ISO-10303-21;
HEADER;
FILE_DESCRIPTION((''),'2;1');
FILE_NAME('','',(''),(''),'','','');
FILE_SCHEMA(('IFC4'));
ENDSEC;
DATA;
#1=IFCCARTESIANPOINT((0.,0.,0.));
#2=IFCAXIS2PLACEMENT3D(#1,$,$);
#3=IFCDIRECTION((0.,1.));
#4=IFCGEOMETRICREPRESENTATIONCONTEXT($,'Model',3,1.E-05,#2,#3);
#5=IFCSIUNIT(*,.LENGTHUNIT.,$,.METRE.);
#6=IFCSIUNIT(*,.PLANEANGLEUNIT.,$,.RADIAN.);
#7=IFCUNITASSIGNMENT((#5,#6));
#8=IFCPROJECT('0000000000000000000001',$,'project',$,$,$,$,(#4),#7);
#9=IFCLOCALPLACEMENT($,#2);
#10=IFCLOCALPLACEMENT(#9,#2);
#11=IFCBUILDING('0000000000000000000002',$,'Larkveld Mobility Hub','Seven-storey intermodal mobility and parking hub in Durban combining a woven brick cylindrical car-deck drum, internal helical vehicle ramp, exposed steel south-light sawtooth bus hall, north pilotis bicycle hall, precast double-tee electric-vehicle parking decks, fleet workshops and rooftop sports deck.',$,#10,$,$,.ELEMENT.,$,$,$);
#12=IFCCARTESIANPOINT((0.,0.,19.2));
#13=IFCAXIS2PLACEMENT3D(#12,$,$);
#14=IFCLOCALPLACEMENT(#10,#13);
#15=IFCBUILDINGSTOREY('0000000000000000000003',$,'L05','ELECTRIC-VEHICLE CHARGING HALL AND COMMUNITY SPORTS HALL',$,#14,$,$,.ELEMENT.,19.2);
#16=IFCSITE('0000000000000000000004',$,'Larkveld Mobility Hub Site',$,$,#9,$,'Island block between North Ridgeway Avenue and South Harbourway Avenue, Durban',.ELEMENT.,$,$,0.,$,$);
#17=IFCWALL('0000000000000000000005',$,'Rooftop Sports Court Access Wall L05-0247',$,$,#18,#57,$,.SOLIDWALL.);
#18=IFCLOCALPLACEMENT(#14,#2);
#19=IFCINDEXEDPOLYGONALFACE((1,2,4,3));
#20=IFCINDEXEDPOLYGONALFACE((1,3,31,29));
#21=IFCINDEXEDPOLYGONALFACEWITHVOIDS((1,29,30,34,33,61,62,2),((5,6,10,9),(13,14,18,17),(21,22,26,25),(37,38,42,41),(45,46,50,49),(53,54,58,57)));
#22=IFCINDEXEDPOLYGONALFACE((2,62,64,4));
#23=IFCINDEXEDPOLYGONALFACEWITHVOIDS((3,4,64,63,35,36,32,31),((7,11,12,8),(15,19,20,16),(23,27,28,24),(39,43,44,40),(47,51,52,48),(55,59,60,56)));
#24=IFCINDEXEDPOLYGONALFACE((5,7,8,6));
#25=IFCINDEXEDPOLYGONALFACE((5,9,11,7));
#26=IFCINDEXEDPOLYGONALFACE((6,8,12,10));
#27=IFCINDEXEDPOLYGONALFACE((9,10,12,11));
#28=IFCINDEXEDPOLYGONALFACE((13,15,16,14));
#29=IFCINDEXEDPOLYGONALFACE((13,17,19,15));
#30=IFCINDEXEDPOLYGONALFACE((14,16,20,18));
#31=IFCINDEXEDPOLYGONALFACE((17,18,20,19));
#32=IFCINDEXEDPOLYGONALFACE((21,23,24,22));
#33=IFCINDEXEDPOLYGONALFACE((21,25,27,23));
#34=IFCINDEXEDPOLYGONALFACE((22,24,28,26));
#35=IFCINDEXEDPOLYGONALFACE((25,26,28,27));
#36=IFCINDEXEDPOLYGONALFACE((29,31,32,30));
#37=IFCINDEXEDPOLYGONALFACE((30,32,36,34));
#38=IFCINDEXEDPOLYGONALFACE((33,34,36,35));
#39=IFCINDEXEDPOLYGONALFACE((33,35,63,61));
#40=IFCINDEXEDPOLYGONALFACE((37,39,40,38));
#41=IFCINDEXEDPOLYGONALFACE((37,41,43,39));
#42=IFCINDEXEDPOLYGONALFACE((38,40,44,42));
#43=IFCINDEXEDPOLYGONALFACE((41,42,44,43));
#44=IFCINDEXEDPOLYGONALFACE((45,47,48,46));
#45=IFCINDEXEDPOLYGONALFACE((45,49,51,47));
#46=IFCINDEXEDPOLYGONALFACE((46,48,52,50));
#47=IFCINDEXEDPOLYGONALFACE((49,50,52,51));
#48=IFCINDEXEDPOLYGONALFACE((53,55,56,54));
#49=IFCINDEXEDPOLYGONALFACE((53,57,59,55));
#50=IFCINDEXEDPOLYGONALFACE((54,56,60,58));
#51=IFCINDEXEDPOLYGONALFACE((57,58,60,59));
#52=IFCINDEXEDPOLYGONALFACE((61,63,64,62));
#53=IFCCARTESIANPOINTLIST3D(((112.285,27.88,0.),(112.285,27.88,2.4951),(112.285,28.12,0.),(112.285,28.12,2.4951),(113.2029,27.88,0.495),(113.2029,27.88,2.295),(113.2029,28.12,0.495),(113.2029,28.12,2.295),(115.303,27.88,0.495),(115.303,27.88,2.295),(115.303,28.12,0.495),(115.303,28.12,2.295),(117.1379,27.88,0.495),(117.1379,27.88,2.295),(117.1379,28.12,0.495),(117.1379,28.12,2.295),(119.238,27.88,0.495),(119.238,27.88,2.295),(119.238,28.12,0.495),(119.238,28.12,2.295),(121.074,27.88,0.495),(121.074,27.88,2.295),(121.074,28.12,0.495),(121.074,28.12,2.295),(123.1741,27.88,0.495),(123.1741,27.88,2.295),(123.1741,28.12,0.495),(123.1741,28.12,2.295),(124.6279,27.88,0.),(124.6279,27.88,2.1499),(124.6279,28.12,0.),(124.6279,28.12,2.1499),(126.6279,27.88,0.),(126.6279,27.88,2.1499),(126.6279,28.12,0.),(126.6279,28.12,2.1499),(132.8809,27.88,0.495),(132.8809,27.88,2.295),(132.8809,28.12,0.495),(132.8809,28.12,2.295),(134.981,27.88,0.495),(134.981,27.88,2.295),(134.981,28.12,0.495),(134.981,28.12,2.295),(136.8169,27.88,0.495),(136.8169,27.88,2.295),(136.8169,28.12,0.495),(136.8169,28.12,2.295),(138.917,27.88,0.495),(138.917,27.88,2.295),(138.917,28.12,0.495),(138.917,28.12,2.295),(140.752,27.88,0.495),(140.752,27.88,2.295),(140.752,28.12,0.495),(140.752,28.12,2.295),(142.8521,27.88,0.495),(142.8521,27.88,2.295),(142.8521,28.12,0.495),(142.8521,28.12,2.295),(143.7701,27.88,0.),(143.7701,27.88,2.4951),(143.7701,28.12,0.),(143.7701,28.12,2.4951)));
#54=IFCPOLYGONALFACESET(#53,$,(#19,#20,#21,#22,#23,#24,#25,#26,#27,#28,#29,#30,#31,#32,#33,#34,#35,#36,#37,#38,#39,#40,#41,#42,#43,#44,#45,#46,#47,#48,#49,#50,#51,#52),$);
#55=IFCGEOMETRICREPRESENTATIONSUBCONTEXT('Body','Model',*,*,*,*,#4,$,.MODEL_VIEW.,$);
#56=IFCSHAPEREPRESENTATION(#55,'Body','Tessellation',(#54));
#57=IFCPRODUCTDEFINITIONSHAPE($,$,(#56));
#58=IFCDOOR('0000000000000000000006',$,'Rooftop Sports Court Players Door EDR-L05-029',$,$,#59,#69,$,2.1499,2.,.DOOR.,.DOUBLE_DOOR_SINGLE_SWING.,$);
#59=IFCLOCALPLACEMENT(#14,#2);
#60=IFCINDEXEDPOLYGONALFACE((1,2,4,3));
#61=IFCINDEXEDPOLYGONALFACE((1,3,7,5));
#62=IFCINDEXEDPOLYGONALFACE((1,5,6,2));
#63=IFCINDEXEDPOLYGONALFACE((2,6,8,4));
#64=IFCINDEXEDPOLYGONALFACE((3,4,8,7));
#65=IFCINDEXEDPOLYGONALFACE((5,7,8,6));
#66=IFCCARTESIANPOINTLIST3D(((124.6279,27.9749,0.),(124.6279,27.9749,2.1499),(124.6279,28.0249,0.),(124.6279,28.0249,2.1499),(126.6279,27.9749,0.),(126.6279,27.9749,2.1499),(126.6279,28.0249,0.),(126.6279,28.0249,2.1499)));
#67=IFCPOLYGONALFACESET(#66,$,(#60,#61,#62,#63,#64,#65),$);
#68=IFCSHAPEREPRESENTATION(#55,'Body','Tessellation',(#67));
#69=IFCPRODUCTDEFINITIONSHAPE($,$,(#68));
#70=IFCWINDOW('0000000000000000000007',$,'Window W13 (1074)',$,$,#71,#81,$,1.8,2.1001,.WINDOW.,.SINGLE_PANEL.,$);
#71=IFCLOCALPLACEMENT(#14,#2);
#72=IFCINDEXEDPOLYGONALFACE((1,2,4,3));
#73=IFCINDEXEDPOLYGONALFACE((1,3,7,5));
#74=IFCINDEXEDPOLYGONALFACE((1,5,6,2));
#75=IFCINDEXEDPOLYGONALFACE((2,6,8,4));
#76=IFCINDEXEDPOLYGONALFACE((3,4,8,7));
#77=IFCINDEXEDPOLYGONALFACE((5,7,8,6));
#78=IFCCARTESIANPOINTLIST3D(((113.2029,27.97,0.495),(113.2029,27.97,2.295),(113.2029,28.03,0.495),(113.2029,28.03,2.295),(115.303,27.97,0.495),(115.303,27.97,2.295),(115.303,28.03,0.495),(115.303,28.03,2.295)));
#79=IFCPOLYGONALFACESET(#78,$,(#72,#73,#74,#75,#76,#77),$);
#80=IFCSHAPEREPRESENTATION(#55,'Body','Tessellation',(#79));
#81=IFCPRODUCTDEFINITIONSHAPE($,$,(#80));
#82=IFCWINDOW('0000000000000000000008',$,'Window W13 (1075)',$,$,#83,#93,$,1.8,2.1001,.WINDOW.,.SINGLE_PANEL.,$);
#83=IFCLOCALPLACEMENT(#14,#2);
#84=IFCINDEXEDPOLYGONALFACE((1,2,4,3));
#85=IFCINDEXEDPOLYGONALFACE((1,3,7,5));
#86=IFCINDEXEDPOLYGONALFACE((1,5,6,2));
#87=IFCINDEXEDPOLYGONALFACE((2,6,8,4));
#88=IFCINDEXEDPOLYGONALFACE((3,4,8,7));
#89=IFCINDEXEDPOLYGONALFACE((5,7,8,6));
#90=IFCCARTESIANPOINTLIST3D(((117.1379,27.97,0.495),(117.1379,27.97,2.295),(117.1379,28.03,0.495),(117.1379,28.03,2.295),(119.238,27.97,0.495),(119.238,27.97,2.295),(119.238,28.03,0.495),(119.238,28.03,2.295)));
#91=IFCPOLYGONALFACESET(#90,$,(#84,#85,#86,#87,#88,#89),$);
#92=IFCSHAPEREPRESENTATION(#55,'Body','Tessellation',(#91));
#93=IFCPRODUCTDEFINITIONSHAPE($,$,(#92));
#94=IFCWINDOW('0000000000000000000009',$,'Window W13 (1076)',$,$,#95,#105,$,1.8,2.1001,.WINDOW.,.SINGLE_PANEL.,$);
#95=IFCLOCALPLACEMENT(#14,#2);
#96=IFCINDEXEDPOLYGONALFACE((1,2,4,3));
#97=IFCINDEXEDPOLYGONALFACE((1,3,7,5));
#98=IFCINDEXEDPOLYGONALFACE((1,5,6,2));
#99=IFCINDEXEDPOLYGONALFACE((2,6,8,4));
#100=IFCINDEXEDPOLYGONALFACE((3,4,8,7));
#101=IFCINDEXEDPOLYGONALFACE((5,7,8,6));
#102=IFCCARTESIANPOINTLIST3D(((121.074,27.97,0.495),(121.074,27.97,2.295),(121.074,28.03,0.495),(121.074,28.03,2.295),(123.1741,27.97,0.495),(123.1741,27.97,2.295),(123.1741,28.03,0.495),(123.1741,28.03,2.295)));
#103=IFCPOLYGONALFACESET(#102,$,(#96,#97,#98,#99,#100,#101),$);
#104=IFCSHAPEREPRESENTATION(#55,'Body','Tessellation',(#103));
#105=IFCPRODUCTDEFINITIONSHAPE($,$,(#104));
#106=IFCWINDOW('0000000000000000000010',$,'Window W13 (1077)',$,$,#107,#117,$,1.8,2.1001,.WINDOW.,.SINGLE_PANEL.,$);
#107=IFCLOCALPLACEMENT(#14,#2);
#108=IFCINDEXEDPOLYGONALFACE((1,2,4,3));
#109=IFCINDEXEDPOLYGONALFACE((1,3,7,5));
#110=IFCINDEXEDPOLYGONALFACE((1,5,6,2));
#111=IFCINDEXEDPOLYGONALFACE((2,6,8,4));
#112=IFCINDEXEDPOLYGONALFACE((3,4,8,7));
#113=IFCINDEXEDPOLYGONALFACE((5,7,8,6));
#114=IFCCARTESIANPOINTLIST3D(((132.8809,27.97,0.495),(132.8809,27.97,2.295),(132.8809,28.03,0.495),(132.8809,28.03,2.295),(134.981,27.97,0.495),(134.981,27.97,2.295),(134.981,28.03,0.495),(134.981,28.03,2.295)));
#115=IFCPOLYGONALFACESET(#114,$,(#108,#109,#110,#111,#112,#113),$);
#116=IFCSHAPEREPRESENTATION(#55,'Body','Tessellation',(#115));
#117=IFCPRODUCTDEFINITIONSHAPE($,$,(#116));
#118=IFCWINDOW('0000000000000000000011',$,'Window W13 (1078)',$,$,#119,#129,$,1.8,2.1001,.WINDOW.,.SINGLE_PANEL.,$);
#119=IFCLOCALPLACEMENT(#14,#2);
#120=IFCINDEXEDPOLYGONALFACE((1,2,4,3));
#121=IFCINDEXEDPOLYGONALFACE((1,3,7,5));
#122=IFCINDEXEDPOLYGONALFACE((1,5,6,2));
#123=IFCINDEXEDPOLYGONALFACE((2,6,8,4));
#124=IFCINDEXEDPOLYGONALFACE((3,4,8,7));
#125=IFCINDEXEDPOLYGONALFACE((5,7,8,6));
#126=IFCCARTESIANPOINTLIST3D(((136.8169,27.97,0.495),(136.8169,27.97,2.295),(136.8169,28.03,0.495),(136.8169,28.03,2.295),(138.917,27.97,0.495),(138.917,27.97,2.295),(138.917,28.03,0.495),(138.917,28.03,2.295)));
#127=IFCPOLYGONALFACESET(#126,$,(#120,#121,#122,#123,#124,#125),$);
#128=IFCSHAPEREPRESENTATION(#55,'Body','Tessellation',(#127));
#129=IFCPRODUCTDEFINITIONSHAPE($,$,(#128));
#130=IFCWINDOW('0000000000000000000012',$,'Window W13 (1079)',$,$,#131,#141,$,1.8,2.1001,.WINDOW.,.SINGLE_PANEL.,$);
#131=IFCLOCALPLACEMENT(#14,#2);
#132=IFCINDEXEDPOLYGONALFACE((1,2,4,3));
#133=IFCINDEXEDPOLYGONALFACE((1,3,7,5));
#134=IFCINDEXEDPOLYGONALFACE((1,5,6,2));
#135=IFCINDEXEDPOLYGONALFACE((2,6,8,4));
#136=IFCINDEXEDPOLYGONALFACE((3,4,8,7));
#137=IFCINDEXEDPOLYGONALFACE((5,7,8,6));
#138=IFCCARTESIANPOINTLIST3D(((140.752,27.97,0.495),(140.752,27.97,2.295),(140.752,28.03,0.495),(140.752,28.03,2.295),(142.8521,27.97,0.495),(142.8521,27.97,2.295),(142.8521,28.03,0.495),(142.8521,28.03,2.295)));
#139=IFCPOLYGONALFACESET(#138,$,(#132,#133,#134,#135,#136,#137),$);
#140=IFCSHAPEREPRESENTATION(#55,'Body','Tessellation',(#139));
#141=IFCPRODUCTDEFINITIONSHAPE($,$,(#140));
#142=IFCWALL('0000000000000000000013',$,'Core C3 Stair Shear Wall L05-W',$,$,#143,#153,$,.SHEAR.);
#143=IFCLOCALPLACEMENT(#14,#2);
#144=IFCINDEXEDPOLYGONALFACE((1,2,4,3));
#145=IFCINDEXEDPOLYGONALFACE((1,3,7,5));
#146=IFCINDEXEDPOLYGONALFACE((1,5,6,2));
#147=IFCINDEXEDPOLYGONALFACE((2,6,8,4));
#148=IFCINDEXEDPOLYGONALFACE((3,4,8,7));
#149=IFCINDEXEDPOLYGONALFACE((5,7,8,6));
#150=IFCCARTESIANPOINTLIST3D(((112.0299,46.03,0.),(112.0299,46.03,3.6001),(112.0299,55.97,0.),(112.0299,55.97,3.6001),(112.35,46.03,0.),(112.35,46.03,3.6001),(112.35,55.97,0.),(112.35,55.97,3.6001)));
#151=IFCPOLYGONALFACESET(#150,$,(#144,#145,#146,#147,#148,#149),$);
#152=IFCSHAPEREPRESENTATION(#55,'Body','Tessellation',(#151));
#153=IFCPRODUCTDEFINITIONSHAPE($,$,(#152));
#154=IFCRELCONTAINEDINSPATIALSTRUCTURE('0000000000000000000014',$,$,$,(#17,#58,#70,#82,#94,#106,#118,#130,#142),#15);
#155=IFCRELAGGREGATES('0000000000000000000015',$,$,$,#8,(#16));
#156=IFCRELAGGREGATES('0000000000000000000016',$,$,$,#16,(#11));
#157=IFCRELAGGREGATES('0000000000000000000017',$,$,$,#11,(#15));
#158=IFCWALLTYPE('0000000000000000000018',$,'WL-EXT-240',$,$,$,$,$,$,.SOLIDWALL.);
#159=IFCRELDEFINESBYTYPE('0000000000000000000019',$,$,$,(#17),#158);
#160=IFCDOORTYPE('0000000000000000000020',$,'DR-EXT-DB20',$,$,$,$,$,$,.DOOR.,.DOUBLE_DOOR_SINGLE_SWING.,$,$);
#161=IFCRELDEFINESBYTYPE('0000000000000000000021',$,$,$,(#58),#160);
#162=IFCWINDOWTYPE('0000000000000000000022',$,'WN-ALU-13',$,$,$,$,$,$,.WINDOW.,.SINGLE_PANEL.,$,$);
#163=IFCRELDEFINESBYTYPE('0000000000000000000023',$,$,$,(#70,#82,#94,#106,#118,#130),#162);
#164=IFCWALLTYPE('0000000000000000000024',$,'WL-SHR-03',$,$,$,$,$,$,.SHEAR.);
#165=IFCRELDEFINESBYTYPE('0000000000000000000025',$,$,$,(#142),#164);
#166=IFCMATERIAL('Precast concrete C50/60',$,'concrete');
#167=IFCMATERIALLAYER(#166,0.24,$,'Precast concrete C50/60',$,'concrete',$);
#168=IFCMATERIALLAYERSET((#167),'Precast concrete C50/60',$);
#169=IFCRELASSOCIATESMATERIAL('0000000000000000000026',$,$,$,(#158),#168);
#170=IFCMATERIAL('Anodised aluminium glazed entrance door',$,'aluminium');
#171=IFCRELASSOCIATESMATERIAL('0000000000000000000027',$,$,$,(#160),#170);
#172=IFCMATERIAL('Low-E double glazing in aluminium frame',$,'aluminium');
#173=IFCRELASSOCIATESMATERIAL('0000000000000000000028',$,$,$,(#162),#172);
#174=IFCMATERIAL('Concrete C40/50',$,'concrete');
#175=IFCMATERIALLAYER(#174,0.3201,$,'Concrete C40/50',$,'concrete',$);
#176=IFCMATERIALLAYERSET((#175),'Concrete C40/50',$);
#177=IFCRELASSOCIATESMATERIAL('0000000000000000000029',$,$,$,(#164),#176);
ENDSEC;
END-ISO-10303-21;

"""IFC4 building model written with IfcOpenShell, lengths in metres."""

from ifc_helpers import new_model, si_unit, direction, frame, frame_2d, origin, place, context, subcontext, project, spatial, rectangle, extrude, material, layer, layer_set, type_object, element, fill, save


model = new_model("IFC4")

# Units and contexts
model_context = context("Model", 3, precision=1e-05, world=origin(), true_north=direction((0.0, 1.0)))
body_context = subcontext(model_context, "Body", "Model", "MODEL_VIEW")
ifc_project = project(units=[si_unit("LENGTHUNIT", "METRE"), si_unit("PLANEANGLEUNIT", "RADIAN")], contexts=[model_context])

# Site, building, storey
site_placement = place(None, origin())
site = spatial("IfcSite", under=ifc_project, at=site_placement, Name="Larkveld Mobility Hub Site", LongName="Island block between North Ridgeway Avenue and South Harbourway Avenue, Durban", CompositionType="ELEMENT", RefElevation=0.0)
building_placement = place(site_placement, origin())
building = spatial("IfcBuilding", under=site, at=building_placement, Name="Larkveld Mobility Hub", Description="Seven-storey intermodal mobility and parking hub in Durban combining a woven brick cylindrical car-deck drum, internal helical vehicle ramp, exposed steel south-light sawtooth bus hall, north pilotis bicycle hall, precast double-tee electric-vehicle parking decks, fleet workshops and rooftop sports deck.", CompositionType="ELEMENT")
storey_placement = place(building_placement, frame((0.0, 0.0, 19.2)))
storey = spatial("IfcBuildingStorey", under=building, at=storey_placement, Name="L05", Description="ELECTRIC-VEHICLE CHARGING HALL AND COMMUNITY SPORTS HALL", CompositionType="ELEMENT", Elevation=19.2)

# Shared definitions
ifc_material_1 = material(Name="Precast concrete C50/60", Category="concrete")
ifc_material_2 = material(Name="Concrete C40/50", Category="concrete")

# Wall, openings, door, windows
ifc_layer_1 = layer(ifc_material_1, 0.24, Name="Precast concrete C50/60", Category="concrete")
ifc_layer_set_1 = layer_set([ifc_layer_1], Name="Precast concrete C50/60")
wall_type_1 = type_object("IfcWallType", Name="WL-EXT-240", PredefinedType="SOLIDWALL", material=ifc_layer_set_1)
wall_1_placement = place(storey_placement, frame((112.2849, 28.0, 0.0), z_axis=(0.0, 0.0, 1.0), x_axis=(1.0, 0.0, 0.0)))
wall_1 = element("IfcWall", 1, at=wall_1_placement, inside=storey, type_object=wall_type_1, Name="Rooftop Sports Court Access Wall L05-0247", PredefinedType="SOLIDWALL", context=body_context, shape_type="SweptSolid", body=[
    extrude(rectangle(XDim=31.4851, YDim=0.24, at=frame_2d((15.7427, 0.0))), origin(), (0.0, 0.0, 1.0), 2.4951),
])
opening_1_placement = place(wall_1_placement, frame((12.343, 0.0, 0.0)))
opening_1 = element("IfcOpeningElement", 2, at=opening_1_placement, cuts=wall_1, PredefinedType="OPENING", context=body_context, shape_type="SweptSolid", body=[
    extrude(rectangle(XDim=2.0, YDim=2.1499, at=frame_2d((1.0, 1.075))), frame((0.0, 0.1299, 0.0), z_axis=(0.0, -1.0, 0.0), x_axis=(1.0, 0.0, 0.0)), (0.0, 0.0, 1.0), 0.26),
])
opening_2_placement = place(wall_1_placement, frame((0.918, 0.0, 0.4951)))
opening_2 = element("IfcOpeningElement", 3, at=opening_2_placement, cuts=wall_1, PredefinedType="OPENING", context=body_context, shape_type="SweptSolid", body=[
    extrude(rectangle(XDim=2.1001, YDim=1.8, at=frame_2d((1.05, 0.8999))), frame((0.0, 0.1299, 0.0), z_axis=(0.0, -1.0, 0.0), x_axis=(1.0, 0.0, 0.0)), (0.0, 0.0, 1.0), 0.26),
])
opening_3_placement = place(wall_1_placement, frame((4.853, 0.0, 0.4951)))
opening_3 = element("IfcOpeningElement", 4, at=opening_3_placement, cuts=wall_1, PredefinedType="OPENING", context=body_context, shape_type="SweptSolid", body=[
    extrude(rectangle(XDim=2.1001, YDim=1.8, at=frame_2d((1.05, 0.8999))), frame((0.0, 0.1299, 0.0), z_axis=(0.0, -1.0, 0.0), x_axis=(1.0, 0.0, 0.0)), (0.0, 0.0, 1.0), 0.26),
])
opening_4_placement = place(wall_1_placement, frame((8.7891, 0.0, 0.4951)))
opening_4 = element("IfcOpeningElement", 5, at=opening_4_placement, cuts=wall_1, PredefinedType="OPENING", context=body_context, shape_type="SweptSolid", body=[
    extrude(rectangle(XDim=2.1001, YDim=1.8, at=frame_2d((1.05, 0.8999))), frame((0.0, 0.1299, 0.0), z_axis=(0.0, -1.0, 0.0), x_axis=(1.0, 0.0, 0.0)), (0.0, 0.0, 1.0), 0.26),
])
opening_5_placement = place(wall_1_placement, frame((20.5959, 0.0, 0.4951)))
opening_5 = element("IfcOpeningElement", 6, at=opening_5_placement, cuts=wall_1, PredefinedType="OPENING", context=body_context, shape_type="SweptSolid", body=[
    extrude(rectangle(XDim=2.1001, YDim=1.8, at=frame_2d((1.05, 0.8999))), frame((0.0, 0.1299, 0.0), z_axis=(0.0, -1.0, 0.0), x_axis=(1.0, 0.0, 0.0)), (0.0, 0.0, 1.0), 0.26),
])
opening_6_placement = place(wall_1_placement, frame((24.532, 0.0, 0.4951)))
opening_6 = element("IfcOpeningElement", 7, at=opening_6_placement, cuts=wall_1, PredefinedType="OPENING", context=body_context, shape_type="SweptSolid", body=[
    extrude(rectangle(XDim=2.1001, YDim=1.8, at=frame_2d((1.05, 0.8999))), frame((0.0, 0.1299, 0.0), z_axis=(0.0, -1.0, 0.0), x_axis=(1.0, 0.0, 0.0)), (0.0, 0.0, 1.0), 0.26),
])
opening_7_placement = place(wall_1_placement, frame((28.467, 0.0, 0.4951)))
opening_7 = element("IfcOpeningElement", 8, at=opening_7_placement, cuts=wall_1, PredefinedType="OPENING", context=body_context, shape_type="SweptSolid", body=[
    extrude(rectangle(XDim=2.1001, YDim=1.8, at=frame_2d((1.05, 0.8999))), frame((0.0, 0.1299, 0.0), z_axis=(0.0, -1.0, 0.0), x_axis=(1.0, 0.0, 0.0)), (0.0, 0.0, 1.0), 0.26),
])
ifc_material_3 = material(Name="Anodised aluminium glazed entrance door", Category="aluminium")
door_type = type_object("IfcDoorType", Name="DR-EXT-DB20", OperationType="DOUBLE_DOOR_SINGLE_SWING", PredefinedType="DOOR", material=ifc_material_3)
door_placement = place(opening_1_placement, origin())
door = element("IfcDoor", 9, at=door_placement, inside=storey, type_object=door_type, Name="Rooftop Sports Court Players Door EDR-L05-029", OperationType="DOUBLE_DOOR_SINGLE_SWING", OverallHeight=2.1499, OverallWidth=2.0, PredefinedType="DOOR", context=body_context, shape_type="SweptSolid", body=[
    extrude(rectangle(XDim=2.0, YDim=2.1499, at=frame_2d((1.0, 1.075))), frame((0.0, 0.0249, 0.0), z_axis=(0.0, -1.0, 0.0), x_axis=(1.0, 0.0, 0.0)), (0.0, 0.0, 1.0), 0.05),
])
fill(opening_1, door)
ifc_material_4 = material(Name="Low-E double glazing in aluminium frame", Category="aluminium")
window_type = type_object("IfcWindowType", Name="WN-ALU-13", PartitioningType="SINGLE_PANEL", PredefinedType="WINDOW", material=ifc_material_4)
window_1_placement = place(opening_2_placement, origin())
window_1 = element("IfcWindow", 10, at=window_1_placement, inside=storey, type_object=window_type, Name="Window W13 (1074)", OverallHeight=1.8, OverallWidth=2.1001, PartitioningType="SINGLE_PANEL", PredefinedType="WINDOW", context=body_context, shape_type="SweptSolid", body=[
    extrude(rectangle(XDim=2.1001, YDim=1.8, at=frame_2d((1.05, 0.8999))), frame((0.0, 0.03, 0.0), z_axis=(0.0, -1.0, 0.0), x_axis=(1.0, 0.0, 0.0)), (0.0, 0.0, 1.0), 0.0601),
])
fill(opening_2, window_1)
window_2_placement = place(opening_3_placement, origin())
window_2 = element("IfcWindow", 11, at=window_2_placement, inside=storey, type_object=window_type, Name="Window W13 (1075)", OverallHeight=1.8, OverallWidth=2.1001, PartitioningType="SINGLE_PANEL", PredefinedType="WINDOW", context=body_context, shape_type="SweptSolid", body=[
    extrude(rectangle(XDim=2.1001, YDim=1.8, at=frame_2d((1.05, 0.8999))), frame((0.0, 0.03, 0.0), z_axis=(0.0, -1.0, 0.0), x_axis=(1.0, 0.0, 0.0)), (0.0, 0.0, 1.0), 0.0601),
])
fill(opening_3, window_2)
window_3_placement = place(opening_4_placement, origin())
window_3 = element("IfcWindow", 12, at=window_3_placement, inside=storey, type_object=window_type, Name="Window W13 (1076)", OverallHeight=1.8, OverallWidth=2.1001, PartitioningType="SINGLE_PANEL", PredefinedType="WINDOW", context=body_context, shape_type="SweptSolid", body=[
    extrude(rectangle(XDim=2.1001, YDim=1.8, at=frame_2d((1.05, 0.8999))), frame((0.0, 0.03, 0.0), z_axis=(0.0, -1.0, 0.0), x_axis=(1.0, 0.0, 0.0)), (0.0, 0.0, 1.0), 0.0601),
])
fill(opening_4, window_3)
window_4_placement = place(opening_5_placement, origin())
window_4 = element("IfcWindow", 13, at=window_4_placement, inside=storey, type_object=window_type, Name="Window W13 (1077)", OverallHeight=1.8, OverallWidth=2.1001, PartitioningType="SINGLE_PANEL", PredefinedType="WINDOW", context=body_context, shape_type="SweptSolid", body=[
    extrude(rectangle(XDim=2.1001, YDim=1.8, at=frame_2d((1.05, 0.8999))), frame((0.0, 0.03, 0.0), z_axis=(0.0, -1.0, 0.0), x_axis=(1.0, 0.0, 0.0)), (0.0, 0.0, 1.0), 0.0601),
])
fill(opening_5, window_4)
window_5_placement = place(opening_6_placement, origin())
window_5 = element("IfcWindow", 14, at=window_5_placement, inside=storey, type_object=window_type, Name="Window W13 (1078)", OverallHeight=1.8, OverallWidth=2.1001, PartitioningType="SINGLE_PANEL", PredefinedType="WINDOW", context=body_context, shape_type="SweptSolid", body=[
    extrude(rectangle(XDim=2.1001, YDim=1.8, at=frame_2d((1.05, 0.8999))), frame((0.0, 0.03, 0.0), z_axis=(0.0, -1.0, 0.0), x_axis=(1.0, 0.0, 0.0)), (0.0, 0.0, 1.0), 0.0601),
])
fill(opening_6, window_5)
window_6_placement = place(opening_7_placement, origin())
window_6 = element("IfcWindow", 15, at=window_6_placement, inside=storey, type_object=window_type, Name="Window W13 (1079)", OverallHeight=1.8, OverallWidth=2.1001, PartitioningType="SINGLE_PANEL", PredefinedType="WINDOW", context=body_context, shape_type="SweptSolid", body=[
    extrude(rectangle(XDim=2.1001, YDim=1.8, at=frame_2d((1.05, 0.8999))), frame((0.0, 0.03, 0.0), z_axis=(0.0, -1.0, 0.0), x_axis=(1.0, 0.0, 0.0)), (0.0, 0.0, 1.0), 0.0601),
])
fill(opening_7, window_6)

# Wall
ifc_layer_2 = layer(ifc_material_2, 0.3201, Name="Concrete C40/50", Category="concrete")
ifc_layer_set_2 = layer_set([ifc_layer_2], Name="Concrete C40/50")
wall_type_2 = type_object("IfcWallType", Name="WL-SHR-03", PredefinedType="SHEAR", material=ifc_layer_set_2)
wall_2_placement = place(storey_placement, frame((112.1899, 46.03, 0.0), z_axis=(0.0, 0.0, 1.0), x_axis=(0.0, 1.0, 0.0)))
element("IfcWall", 16, at=wall_2_placement, inside=storey, type_object=wall_type_2, Name="Core C3 Stair Shear Wall L05-W", PredefinedType="SHEAR", context=body_context, shape_type="SweptSolid", body=[
    extrude(rectangle(XDim=9.9399, YDim=0.3201, at=frame_2d((4.97, 0.0))), origin(), (0.0, 0.0, 1.0), 3.6001),
])

save(model, "model.ifc")
